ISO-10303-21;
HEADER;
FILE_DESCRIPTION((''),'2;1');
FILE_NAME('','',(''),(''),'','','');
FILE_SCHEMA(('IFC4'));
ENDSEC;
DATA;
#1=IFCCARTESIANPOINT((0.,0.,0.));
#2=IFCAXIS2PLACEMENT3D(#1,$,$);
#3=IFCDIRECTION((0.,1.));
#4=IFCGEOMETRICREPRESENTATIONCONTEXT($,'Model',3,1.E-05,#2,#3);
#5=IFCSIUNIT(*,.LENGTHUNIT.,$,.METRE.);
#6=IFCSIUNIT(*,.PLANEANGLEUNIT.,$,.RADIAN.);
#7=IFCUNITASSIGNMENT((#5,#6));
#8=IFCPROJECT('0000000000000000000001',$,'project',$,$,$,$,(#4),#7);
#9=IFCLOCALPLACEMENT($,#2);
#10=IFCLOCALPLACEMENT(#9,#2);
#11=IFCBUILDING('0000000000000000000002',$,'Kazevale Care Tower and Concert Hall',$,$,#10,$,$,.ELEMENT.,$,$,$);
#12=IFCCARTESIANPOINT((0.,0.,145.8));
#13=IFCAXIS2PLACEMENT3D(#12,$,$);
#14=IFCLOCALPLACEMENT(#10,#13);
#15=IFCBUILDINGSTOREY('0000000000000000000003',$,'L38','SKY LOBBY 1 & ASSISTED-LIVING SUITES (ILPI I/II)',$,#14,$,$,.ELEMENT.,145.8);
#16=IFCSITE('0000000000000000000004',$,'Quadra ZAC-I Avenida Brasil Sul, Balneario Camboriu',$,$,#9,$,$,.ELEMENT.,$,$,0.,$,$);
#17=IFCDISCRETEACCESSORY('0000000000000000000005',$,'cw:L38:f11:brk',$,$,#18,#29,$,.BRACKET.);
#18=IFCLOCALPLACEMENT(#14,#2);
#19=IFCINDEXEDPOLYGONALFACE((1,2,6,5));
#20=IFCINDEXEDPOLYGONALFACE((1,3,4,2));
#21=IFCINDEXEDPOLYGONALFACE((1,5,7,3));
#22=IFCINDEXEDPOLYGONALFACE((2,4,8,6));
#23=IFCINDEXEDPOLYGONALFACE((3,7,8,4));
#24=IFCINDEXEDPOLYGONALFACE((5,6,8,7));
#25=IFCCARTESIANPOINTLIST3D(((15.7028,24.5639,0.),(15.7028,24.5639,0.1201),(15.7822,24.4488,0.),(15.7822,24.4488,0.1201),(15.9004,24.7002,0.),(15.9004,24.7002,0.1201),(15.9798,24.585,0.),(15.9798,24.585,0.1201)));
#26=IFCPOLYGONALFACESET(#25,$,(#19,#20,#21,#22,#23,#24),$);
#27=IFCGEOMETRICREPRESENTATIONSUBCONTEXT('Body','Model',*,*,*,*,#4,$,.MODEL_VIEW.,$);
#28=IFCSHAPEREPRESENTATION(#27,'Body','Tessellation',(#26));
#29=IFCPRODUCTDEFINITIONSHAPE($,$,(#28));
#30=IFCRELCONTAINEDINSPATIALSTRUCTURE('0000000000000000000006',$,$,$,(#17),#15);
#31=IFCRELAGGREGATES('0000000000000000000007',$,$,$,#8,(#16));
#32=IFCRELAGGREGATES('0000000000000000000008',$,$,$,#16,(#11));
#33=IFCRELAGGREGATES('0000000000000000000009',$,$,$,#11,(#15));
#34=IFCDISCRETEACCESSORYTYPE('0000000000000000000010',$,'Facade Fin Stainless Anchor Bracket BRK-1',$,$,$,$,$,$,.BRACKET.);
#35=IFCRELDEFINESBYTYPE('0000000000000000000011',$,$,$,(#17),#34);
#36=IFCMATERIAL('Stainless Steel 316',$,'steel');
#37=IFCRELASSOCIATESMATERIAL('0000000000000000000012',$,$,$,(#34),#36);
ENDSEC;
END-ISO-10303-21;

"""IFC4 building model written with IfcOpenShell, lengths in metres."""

from ifc_helpers import new_model, si_unit, direction, frame, origin, origin_2d, place, context, subcontext, project, spatial, rectangle, extrude, material, type_object, element, save


model = new_model("IFC4")

# Units and contexts
model_context = context("Model", 3, precision=1e-05, world=origin(), true_north=direction((0.0, 1.0)))
body_context = subcontext(model_context, "Body", "Model", "MODEL_VIEW")
ifc_project = project(units=[si_unit("LENGTHUNIT", "METRE"), si_unit("PLANEANGLEUNIT", "RADIAN")], contexts=[model_context])

# Site, building, storey
site_placement = place(None, origin())
site = spatial("IfcSite", under=ifc_project, at=site_placement, Name="Quadra ZAC-I Avenida Brasil Sul, Balneario Camboriu", CompositionType="ELEMENT", RefElevation=0.0)
building_placement = place(site_placement, origin())
building = spatial("IfcBuilding", under=site, at=building_placement, Name="Kazevale Care Tower and Concert Hall", CompositionType="ELEMENT")
storey_placement = place(building_placement, frame((0.0, 0.0, 145.8)))
storey = spatial("IfcBuildingStorey", under=building, at=storey_placement, Name="L38", Description="SKY LOBBY 1 & ASSISTED-LIVING SUITES (ILPI I/II)", CompositionType="ELEMENT", Elevation=145.8)

# Discrete accessory
ifc_material_1 = material(Name="Stainless Steel 316", Category="steel")
discrete_accessory_type = type_object("IfcDiscreteAccessoryType", Name="Facade Fin Stainless Anchor Bracket BRK-1", PredefinedType="BRACKET", material=ifc_material_1)
discrete_accessory_placement = place(storey_placement, frame((15.8413, 24.5745, 0.0), z_axis=(0.0, 0.0, 1.0), x_axis=(-0.823335, -0.567556, 0.0)))
element("IfcDiscreteAccessory", 1, at=discrete_accessory_placement, inside=storey, type_object=discrete_accessory_type, Name="cw:L38:f11:brk", PredefinedType="BRACKET", context=body_context, shape_type="SweptSolid", body=[
    extrude(rectangle(XDim=0.24, YDim=0.1399, at=origin_2d()), origin(), (0.0, 0.0, 1.0), 0.1201),
])

save(model, "model.ifc")
